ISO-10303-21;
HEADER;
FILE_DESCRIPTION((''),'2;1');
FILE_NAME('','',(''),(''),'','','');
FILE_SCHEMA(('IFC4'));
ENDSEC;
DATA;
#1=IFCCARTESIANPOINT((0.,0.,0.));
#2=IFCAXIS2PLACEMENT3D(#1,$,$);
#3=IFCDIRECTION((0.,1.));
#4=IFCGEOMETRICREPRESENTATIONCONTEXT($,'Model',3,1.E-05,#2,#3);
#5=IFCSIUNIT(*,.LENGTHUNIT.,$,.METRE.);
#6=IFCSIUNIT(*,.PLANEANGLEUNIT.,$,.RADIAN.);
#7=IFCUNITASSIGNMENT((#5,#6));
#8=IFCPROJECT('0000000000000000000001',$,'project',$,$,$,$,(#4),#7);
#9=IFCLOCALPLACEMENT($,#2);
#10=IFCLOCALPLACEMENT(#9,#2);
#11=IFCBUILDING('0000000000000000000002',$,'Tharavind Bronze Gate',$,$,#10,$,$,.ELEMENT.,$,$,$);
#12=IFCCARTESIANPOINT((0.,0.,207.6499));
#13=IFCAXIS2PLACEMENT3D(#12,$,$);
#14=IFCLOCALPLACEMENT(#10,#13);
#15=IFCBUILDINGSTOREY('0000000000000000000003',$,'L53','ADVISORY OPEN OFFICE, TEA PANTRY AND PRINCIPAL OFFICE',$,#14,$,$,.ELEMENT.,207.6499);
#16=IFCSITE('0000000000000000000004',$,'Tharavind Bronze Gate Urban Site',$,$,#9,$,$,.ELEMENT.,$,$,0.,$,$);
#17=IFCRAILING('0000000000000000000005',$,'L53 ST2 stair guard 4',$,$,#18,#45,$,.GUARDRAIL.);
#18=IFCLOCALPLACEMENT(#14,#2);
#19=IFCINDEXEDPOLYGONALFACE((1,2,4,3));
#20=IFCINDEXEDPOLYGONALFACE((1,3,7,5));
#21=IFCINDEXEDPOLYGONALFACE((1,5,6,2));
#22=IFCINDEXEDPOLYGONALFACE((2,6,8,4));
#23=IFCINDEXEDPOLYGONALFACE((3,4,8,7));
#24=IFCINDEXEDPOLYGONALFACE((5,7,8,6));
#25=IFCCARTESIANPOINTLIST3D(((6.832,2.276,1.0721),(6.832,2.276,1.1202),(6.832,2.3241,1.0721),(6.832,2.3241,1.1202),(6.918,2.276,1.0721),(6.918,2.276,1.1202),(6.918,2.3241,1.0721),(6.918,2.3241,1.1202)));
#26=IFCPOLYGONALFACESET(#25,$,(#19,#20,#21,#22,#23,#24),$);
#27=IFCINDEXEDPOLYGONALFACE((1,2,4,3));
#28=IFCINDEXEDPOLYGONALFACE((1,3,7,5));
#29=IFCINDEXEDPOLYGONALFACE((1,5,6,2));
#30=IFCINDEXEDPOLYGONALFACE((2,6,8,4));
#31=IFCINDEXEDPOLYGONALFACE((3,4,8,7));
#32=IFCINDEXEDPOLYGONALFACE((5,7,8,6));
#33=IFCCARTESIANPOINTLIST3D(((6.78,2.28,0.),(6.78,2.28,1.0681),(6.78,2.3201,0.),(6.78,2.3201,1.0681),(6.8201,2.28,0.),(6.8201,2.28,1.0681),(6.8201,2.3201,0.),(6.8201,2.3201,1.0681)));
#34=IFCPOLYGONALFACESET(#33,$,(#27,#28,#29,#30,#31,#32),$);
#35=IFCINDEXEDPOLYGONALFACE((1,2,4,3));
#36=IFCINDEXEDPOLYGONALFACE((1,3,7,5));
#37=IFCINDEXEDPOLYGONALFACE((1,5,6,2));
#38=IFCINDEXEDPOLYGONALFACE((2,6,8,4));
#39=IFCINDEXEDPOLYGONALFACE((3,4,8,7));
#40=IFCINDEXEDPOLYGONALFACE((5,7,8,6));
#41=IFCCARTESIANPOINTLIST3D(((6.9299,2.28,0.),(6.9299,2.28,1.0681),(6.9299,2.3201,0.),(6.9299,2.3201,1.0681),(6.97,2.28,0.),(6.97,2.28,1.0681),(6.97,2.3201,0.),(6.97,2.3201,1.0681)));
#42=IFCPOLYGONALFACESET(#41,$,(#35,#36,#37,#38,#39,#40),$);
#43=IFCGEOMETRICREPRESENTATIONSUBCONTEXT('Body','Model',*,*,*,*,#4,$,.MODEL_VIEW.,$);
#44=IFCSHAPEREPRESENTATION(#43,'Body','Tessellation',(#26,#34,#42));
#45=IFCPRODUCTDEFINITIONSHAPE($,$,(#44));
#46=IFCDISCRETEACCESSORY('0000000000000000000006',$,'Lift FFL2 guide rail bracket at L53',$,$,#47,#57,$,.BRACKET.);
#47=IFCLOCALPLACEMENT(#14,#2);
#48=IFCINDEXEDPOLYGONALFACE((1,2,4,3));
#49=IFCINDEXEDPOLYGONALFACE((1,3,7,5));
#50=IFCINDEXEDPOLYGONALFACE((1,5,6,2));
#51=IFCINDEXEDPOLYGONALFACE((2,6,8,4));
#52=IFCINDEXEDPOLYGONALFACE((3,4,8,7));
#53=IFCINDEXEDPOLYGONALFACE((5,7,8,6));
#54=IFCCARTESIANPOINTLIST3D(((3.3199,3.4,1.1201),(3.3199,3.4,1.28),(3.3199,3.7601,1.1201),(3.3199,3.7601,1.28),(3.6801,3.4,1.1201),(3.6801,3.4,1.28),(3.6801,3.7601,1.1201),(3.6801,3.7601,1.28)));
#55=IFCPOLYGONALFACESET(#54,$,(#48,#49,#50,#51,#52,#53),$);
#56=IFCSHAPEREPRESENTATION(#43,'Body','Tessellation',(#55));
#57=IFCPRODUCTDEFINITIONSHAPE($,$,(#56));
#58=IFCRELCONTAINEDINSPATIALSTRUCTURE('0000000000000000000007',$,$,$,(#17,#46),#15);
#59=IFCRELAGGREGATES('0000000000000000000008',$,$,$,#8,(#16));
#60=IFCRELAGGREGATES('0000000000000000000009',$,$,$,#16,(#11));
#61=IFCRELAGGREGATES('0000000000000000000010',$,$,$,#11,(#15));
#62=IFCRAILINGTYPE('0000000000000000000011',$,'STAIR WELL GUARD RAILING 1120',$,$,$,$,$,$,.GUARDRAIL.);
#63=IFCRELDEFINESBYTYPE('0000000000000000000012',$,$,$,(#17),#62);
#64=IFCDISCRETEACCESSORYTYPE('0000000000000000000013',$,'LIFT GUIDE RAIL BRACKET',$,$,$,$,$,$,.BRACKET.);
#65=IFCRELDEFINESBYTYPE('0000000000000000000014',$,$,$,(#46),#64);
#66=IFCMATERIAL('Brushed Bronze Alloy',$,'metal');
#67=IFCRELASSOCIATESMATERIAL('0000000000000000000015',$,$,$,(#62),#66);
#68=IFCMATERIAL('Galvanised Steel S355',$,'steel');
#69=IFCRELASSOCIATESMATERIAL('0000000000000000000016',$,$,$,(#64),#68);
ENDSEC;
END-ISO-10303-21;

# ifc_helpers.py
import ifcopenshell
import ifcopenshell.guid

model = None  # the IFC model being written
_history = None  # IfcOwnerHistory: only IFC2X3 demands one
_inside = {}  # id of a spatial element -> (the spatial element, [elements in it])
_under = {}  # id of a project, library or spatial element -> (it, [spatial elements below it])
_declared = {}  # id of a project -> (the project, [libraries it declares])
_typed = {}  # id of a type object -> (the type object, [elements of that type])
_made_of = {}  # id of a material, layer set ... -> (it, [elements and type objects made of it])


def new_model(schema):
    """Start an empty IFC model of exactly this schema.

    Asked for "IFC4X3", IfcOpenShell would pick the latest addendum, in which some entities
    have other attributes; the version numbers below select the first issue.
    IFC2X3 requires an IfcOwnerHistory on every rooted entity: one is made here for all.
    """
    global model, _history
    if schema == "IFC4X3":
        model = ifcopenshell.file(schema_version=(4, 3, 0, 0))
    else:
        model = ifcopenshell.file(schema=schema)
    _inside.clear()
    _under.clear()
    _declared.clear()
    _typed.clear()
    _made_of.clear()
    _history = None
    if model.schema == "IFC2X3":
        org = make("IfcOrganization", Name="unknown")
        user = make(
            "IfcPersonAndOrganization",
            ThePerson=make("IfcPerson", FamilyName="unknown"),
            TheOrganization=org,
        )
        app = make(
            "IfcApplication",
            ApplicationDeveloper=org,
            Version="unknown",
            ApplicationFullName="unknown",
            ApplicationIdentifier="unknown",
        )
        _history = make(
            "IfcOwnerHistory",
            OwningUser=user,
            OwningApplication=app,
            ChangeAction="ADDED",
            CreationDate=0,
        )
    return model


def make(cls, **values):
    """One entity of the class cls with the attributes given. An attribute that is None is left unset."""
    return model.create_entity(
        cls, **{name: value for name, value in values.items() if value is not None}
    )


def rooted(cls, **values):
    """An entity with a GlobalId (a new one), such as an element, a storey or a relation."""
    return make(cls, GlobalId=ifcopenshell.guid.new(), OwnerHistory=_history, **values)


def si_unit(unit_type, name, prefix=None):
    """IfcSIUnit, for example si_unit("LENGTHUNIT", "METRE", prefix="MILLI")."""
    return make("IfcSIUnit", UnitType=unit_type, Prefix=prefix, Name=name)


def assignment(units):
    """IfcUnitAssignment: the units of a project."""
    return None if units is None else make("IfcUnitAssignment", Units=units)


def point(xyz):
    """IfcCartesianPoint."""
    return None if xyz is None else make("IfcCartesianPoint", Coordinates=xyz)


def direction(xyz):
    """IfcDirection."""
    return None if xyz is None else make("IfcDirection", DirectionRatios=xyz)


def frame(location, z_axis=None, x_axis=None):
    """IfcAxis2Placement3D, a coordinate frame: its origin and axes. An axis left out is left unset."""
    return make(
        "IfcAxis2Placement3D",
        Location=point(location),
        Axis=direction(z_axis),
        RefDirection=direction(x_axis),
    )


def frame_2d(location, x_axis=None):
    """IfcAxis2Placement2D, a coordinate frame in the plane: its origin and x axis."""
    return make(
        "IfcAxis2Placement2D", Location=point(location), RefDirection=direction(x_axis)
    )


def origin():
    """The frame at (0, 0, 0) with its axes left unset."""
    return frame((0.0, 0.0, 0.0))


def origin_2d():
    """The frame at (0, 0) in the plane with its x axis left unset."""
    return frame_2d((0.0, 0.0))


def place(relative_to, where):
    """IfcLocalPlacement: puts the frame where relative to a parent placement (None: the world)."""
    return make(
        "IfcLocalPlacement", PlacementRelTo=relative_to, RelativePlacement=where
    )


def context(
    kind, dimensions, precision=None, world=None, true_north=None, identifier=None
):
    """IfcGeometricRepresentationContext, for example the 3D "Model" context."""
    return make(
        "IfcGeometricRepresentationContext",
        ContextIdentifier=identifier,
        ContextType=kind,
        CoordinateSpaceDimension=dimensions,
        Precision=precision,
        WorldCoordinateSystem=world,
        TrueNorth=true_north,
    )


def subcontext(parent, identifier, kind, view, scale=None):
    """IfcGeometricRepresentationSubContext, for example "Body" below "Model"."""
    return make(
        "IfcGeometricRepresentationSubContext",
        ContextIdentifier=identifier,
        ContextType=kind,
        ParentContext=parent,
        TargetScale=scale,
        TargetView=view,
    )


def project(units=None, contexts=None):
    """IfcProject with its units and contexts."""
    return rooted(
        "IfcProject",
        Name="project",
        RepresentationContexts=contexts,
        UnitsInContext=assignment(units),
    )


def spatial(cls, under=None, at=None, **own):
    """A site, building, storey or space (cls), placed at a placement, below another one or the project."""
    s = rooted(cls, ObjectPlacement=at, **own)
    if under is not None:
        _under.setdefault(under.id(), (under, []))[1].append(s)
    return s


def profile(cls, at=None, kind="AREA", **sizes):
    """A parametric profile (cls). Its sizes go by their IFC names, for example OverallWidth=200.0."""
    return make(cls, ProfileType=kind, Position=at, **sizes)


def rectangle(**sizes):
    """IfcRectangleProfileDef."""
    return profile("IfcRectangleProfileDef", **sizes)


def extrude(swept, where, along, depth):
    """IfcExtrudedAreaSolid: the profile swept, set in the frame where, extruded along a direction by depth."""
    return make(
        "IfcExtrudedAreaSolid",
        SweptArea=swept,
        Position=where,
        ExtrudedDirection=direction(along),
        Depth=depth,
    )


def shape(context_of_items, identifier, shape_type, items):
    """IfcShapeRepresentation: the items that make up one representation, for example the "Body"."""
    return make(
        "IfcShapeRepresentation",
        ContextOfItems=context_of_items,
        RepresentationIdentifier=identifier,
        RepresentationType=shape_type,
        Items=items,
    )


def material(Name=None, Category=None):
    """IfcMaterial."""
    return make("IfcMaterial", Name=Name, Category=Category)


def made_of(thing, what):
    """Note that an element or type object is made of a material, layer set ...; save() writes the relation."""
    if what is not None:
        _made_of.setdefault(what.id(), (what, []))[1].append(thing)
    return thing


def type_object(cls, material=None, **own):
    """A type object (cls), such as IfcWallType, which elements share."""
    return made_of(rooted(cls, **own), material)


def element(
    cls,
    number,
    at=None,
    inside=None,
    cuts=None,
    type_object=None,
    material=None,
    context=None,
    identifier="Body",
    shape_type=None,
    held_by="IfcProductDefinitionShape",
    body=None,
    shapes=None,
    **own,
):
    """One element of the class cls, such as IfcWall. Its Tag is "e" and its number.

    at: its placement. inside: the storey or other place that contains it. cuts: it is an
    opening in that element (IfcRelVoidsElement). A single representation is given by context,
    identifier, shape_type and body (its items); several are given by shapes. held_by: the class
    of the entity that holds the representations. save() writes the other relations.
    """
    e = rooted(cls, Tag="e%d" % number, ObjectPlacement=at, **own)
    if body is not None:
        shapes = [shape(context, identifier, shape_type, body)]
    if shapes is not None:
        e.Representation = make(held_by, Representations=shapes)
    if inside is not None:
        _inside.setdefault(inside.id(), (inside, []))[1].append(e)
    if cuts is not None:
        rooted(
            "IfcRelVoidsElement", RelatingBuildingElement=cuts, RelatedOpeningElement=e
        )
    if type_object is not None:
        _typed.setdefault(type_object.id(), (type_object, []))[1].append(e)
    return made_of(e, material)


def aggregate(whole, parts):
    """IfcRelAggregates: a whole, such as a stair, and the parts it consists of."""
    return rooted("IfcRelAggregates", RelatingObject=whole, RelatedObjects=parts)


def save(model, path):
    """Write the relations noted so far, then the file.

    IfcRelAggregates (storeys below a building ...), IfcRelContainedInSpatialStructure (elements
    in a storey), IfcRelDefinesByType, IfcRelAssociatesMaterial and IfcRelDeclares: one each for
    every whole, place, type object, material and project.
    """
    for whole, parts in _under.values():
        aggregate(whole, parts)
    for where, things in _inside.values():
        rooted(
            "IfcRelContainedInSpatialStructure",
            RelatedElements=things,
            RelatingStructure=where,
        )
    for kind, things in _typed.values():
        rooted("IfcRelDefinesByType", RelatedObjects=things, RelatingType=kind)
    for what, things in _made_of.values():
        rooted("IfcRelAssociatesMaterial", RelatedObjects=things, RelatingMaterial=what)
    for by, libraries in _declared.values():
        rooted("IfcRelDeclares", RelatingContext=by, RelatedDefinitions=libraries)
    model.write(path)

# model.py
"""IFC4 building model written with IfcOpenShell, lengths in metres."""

from ifc_helpers import new_model, si_unit, direction, frame, origin, origin_2d, place, context, subcontext, project, spatial, rectangle, extrude, material, type_object, element, save


model = new_model("IFC4")

# Units and contexts
model_context = context("Model", 3, precision=1e-05, world=origin(), true_north=direction((0.0, 1.0)))
body_context = subcontext(model_context, "Body", "Model", "MODEL_VIEW")
ifc_project = project(units=[si_unit("LENGTHUNIT", "METRE"), si_unit("PLANEANGLEUNIT", "RADIAN")], contexts=[model_context])

# Site, building, storey
site_placement = place(None, origin())
site = spatial("IfcSite", under=ifc_project, at=site_placement, Name="Tharavind Bronze Gate Urban Site", CompositionType="ELEMENT", RefElevation=0.0)
building_placement = place(site_placement, origin())
building = spatial("IfcBuilding", under=site, at=building_placement, Name="Tharavind Bronze Gate", CompositionType="ELEMENT")
storey_placement = place(building_placement, frame((0.0, 0.0, 207.6499)))
storey = spatial("IfcBuildingStorey", under=building, at=storey_placement, Name="L53", Description="ADVISORY OPEN OFFICE, TEA PANTRY AND PRINCIPAL OFFICE", CompositionType="ELEMENT", Elevation=207.6499)

# Railing
ifc_material_1 = material(Name="Brushed Bronze Alloy", Category="metal")
railing_type_1 = type_object("IfcRailingType", Name="STAIR WELL GUARD RAILING 1120", PredefinedType="GUARDRAIL", material=ifc_material_1)
railing_1_placement = place(storey_placement, frame((6.8, 2.3, 0.0)))
element("IfcRailing", 1, at=railing_1_placement, inside=storey, type_object=railing_type_1, Name="L53 ST2 stair guard 4", PredefinedType="GUARDRAIL", context=body_context, shape_type="SweptSolid", body=[
    extrude(rectangle(XDim=0.0481, YDim=0.0481, at=origin_2d()), frame((0.032, 0.0, 1.0962), z_axis=(1.0, 0.0, 0.0), x_axis=(0.0, 1.0, 0.0)), (0.0, 0.0, 1.0), 0.0859),
    extrude(rectangle(XDim=0.04, YDim=0.04, at=origin_2d()), origin(), (0.0, 0.0, 1.0), 1.0681),
    extrude(rectangle(XDim=0.04, YDim=0.04, at=origin_2d()), frame((0.1499, 0.0, 0.0)), (0.0, 0.0, 1.0), 1.0681),
])

# Discrete accessory
ifc_material_2 = material(Name="Galvanised Steel S355", Category="steel")
discrete_accessory_type = type_object("IfcDiscreteAccessoryType", Name="LIFT GUIDE RAIL BRACKET", PredefinedType="BRACKET", material=ifc_material_2)
discrete_accessory_placement = place(storey_placement, frame((3.5, 3.5801, 1.1201), z_axis=(0.0, 0.0, 1.0), x_axis=(1.0, 0.0, 0.0)))
element("IfcDiscreteAccessory", 2, at=discrete_accessory_placement, inside=storey, type_object=discrete_accessory_type, Name="Lift FFL2 guide rail bracket at L53", PredefinedType="BRACKET", context=body_context, shape_type="SweptSolid", body=[
    extrude(rectangle(XDim=0.3601, YDim=0.3601, at=origin_2d()), origin(), (0.0, 0.0, 1.0), 0.1599),
])

save(model, "model.ifc")
